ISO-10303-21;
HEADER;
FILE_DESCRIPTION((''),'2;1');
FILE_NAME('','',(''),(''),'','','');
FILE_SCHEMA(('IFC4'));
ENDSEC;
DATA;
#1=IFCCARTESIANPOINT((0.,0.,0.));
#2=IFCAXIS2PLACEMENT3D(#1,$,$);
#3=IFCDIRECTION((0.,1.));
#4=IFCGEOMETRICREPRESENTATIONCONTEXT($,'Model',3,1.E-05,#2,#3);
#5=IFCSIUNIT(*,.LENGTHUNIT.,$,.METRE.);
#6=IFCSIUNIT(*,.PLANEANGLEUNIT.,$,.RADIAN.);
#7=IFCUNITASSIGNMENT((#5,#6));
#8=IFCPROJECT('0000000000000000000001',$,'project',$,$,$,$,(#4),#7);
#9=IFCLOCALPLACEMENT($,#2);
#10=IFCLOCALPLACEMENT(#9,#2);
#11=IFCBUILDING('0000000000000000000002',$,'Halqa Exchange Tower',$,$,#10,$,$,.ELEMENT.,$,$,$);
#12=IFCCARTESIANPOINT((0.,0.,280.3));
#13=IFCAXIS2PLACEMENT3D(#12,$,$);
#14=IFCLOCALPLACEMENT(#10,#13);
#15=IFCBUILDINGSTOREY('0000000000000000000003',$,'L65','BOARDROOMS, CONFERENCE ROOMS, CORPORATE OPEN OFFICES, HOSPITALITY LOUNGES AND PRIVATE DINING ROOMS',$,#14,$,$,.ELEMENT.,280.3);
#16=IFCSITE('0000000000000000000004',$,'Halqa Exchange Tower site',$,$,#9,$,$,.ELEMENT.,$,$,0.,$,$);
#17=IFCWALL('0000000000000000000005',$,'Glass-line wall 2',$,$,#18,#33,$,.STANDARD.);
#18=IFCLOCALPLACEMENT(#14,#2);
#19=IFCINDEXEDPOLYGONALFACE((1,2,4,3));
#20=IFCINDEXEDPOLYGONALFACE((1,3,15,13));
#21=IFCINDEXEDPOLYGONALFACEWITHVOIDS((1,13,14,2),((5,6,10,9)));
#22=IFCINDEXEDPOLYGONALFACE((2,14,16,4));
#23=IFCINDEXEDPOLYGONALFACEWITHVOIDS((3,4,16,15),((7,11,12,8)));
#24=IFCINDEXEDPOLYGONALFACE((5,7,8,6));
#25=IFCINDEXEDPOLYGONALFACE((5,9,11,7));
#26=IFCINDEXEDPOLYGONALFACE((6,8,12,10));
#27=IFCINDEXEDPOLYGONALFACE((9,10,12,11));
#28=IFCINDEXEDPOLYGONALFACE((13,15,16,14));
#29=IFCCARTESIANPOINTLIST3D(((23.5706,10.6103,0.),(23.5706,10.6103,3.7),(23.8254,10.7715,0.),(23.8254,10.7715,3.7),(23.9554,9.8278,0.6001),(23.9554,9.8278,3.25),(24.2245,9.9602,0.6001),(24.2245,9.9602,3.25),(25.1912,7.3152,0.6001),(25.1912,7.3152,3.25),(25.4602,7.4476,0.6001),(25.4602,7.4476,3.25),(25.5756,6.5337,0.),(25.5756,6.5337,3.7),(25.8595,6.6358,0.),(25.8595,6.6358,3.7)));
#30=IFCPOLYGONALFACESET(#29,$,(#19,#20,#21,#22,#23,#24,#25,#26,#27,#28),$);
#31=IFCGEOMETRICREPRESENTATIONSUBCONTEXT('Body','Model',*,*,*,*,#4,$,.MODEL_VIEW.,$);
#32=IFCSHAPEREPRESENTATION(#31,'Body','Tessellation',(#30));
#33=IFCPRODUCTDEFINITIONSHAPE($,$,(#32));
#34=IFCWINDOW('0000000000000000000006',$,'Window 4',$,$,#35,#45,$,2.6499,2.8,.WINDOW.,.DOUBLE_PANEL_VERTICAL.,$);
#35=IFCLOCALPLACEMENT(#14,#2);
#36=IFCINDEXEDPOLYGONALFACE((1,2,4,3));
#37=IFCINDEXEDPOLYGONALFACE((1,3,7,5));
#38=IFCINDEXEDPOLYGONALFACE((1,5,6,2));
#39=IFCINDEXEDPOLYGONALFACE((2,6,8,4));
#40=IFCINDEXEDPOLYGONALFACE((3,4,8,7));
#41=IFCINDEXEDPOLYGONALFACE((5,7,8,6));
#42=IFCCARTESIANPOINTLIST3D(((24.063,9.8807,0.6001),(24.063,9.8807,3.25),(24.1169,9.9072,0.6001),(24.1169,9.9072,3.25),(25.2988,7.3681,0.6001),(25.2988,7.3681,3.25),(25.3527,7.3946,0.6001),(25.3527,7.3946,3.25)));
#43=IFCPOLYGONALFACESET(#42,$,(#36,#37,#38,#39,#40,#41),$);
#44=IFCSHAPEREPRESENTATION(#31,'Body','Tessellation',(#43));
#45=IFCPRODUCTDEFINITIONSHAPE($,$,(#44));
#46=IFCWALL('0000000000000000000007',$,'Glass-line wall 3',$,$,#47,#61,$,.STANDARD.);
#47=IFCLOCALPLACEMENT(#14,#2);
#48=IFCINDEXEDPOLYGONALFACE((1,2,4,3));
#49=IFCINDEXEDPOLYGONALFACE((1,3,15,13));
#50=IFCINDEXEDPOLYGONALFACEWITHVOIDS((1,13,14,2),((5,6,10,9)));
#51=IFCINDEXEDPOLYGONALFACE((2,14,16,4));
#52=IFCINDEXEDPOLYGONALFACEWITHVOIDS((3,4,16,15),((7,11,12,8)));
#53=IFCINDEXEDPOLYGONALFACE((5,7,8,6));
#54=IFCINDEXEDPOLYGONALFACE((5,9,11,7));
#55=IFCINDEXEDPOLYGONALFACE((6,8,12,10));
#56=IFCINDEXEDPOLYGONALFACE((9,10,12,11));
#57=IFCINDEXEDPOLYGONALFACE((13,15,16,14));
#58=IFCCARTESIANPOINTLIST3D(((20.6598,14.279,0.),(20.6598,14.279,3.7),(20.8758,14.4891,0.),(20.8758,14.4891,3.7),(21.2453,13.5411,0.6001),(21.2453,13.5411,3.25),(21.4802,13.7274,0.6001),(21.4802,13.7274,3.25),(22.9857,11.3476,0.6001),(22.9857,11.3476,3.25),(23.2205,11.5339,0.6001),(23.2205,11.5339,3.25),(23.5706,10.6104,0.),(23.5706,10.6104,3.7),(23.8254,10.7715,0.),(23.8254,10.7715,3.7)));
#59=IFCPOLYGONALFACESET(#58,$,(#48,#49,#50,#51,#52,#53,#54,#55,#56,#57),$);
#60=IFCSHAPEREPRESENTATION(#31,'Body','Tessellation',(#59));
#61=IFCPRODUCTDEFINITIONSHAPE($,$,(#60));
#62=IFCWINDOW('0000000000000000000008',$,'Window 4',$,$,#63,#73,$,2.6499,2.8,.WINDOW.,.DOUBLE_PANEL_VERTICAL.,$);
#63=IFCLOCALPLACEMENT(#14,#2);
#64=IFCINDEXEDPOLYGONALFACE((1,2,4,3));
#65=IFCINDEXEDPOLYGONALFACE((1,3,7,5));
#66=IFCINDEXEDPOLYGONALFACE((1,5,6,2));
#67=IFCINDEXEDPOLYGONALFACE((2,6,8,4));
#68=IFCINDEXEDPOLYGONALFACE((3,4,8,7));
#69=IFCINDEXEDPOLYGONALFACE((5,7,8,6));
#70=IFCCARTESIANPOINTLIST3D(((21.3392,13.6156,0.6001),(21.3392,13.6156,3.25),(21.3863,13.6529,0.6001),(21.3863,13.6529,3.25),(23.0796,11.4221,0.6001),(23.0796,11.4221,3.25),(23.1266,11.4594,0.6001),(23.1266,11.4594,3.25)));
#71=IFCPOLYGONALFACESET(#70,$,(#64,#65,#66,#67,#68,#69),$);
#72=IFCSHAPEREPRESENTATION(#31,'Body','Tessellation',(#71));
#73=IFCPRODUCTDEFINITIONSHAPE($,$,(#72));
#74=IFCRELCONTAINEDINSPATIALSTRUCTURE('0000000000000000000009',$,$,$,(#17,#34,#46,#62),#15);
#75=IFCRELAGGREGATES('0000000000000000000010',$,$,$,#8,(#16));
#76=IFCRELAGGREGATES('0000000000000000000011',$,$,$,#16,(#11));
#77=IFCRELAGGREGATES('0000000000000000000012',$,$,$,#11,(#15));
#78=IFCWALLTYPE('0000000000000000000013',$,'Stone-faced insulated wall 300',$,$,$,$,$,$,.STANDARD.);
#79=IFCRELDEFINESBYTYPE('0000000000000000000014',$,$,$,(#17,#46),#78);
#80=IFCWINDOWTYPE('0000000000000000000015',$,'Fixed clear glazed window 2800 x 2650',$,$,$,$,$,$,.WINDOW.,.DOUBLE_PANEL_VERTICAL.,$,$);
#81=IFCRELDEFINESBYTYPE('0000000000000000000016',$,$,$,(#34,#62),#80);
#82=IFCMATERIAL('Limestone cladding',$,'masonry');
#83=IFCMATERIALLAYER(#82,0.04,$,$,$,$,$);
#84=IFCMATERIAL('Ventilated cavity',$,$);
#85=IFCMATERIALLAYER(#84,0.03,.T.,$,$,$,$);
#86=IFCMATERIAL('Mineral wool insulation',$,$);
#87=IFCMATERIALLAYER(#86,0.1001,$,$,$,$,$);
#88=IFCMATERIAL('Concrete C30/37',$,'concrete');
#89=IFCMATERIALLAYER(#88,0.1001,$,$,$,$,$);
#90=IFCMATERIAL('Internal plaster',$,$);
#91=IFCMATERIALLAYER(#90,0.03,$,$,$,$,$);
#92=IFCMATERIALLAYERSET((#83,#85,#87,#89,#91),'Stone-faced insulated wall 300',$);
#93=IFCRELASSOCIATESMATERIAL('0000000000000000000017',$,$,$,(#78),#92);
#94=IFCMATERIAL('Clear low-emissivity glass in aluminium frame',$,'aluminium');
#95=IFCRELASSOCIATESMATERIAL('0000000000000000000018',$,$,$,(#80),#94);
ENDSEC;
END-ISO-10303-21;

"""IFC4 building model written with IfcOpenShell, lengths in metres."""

from ifc_helpers import new_model, si_unit, direction, frame, frame_2d, origin, place, context, subcontext, project, spatial, polyline, rectangle, outline, extrude, material, layer, layer_set, type_object, element, fill, save


model = new_model("IFC4")

# Units and contexts
model_context = context("Model", 3, precision=1e-05, world=origin(), true_north=direction((0.0, 1.0)))
body_context = subcontext(model_context, "Body", "Model", "MODEL_VIEW")
ifc_project = project(units=[si_unit("LENGTHUNIT", "METRE"), si_unit("PLANEANGLEUNIT", "RADIAN")], contexts=[model_context])

# Site, building, storey
site_placement = place(None, origin())
site = spatial("IfcSite", under=ifc_project, at=site_placement, Name="Halqa Exchange Tower site", CompositionType="ELEMENT", RefElevation=0.0)
building_placement = place(site_placement, origin())
building = spatial("IfcBuilding", under=site, at=building_placement, Name="Halqa Exchange Tower", CompositionType="ELEMENT")
storey_placement = place(building_placement, frame((0.0, 0.0, 280.3)))
storey = spatial("IfcBuildingStorey", under=building, at=storey_placement, Name="L65", Description="BOARDROOMS, CONFERENCE ROOMS, CORPORATE OPEN OFFICES, HOSPITALITY LOUNGES AND PRIVATE DINING ROOMS", CompositionType="ELEMENT", Elevation=280.3)

# Walls, openings, windows
ifc_material_1 = material(Name="Limestone cladding", Category="masonry")
ifc_layer_1 = layer(ifc_material_1, 0.04)
ifc_material_2 = material(Name="Ventilated cavity")
ifc_layer_2 = layer(ifc_material_2, 0.03, ventilated=True)
ifc_material_3 = material(Name="Mineral wool insulation")
ifc_layer_3 = layer(ifc_material_3, 0.1001)
ifc_material_4 = material(Name="Concrete C30/37", Category="concrete")
ifc_layer_4 = layer(ifc_material_4, 0.1001)
ifc_material_5 = material(Name="Internal plaster")
ifc_layer_5 = layer(ifc_material_5, 0.03)
ifc_layer_set_1 = layer_set([ifc_layer_1, ifc_layer_2, ifc_layer_3, ifc_layer_4, ifc_layer_5], Name="Stone-faced insulated wall 300")
wall_type_1 = type_object("IfcWallType", Name="Stone-faced insulated wall 300", PredefinedType="STANDARD", material=ifc_layer_set_1)
ifc_material_6 = material(Name="Clear low-emissivity glass in aluminium frame", Category="aluminium")
window_type = type_object("IfcWindowType", Name="Fixed clear glazed window 2800 x 2650", PartitioningType="DOUBLE_PANEL_VERTICAL", PredefinedType="WINDOW", material=ifc_material_6)
wall_1_placement = place(storey_placement, frame((25.7175, 6.5847, 0.0), z_axis=(0.0, 0.0, 1.0), x_axis=(-0.441335, 0.897342, 0.0)))
wall_1 = element("IfcWall", 1, at=wall_1_placement, inside=storey, type_object=wall_type_1, Name="Glass-line wall 2", PredefinedType="STANDARD", context=body_context, shape_type="SweptSolid", body=[
    extrude(outline(polyline([(-0.0168, -0.1499), (4.592, -0.1499), (4.5598, 0.1499), (0.0168, 0.1499), (-0.0168, -0.1499)])), origin(), (0.0, 0.0, 1.0), 3.7),
])
opening_1_placement = place(wall_1_placement, frame((0.8879, 0.0, 0.6001)))
opening_1 = element("IfcOpeningElement", 2, at=opening_1_placement, cuts=wall_1, PredefinedType="OPENING", context=body_context, shape_type="SweptSolid", body=[
    extrude(rectangle(XDim=2.8, YDim=2.6499, at=frame_2d((1.3999, 1.325))), frame((0.0, 0.1621, 0.0), z_axis=(0.0, -1.0, 0.0), x_axis=(1.0, 0.0, 0.0)), (0.0, 0.0, 1.0), 0.324),
])
window_1_placement = place(opening_1_placement, origin())
window_1 = element("IfcWindow", 3, at=window_1_placement, inside=storey, type_object=window_type, Name="Window 4", OverallHeight=2.6499, OverallWidth=2.8, PartitioningType="DOUBLE_PANEL_VERTICAL", PredefinedType="WINDOW", context=body_context, shape_type="SweptSolid", body=[
    extrude(rectangle(XDim=2.8, YDim=2.6499, at=frame_2d((1.3999, 1.325))), frame((0.0, 0.03, 0.0), z_axis=(0.0, -1.0, 0.0), x_axis=(1.0, 0.0, 0.0)), (0.0, 0.0, 1.0), 0.0601),
])
fill(opening_1, window_1)
wall_2_placement = place(storey_placement, frame((23.698, 10.6909, 0.0), z_axis=(0.0, 0.0, 1.0), x_axis=(-0.621545, 0.783379, 0.0)))
wall_2 = element("IfcWall", 4, at=wall_2_placement, inside=storey, type_object=wall_type_1, Name="Glass-line wall 3", PredefinedType="STANDARD", context=body_context, shape_type="SweptSolid", body=[
    extrude(outline(polyline([(-0.0161, -0.1499), (4.7295, -0.1499), (4.6992, 0.1499), (0.0161, 0.1499), (-0.0161, -0.1499)])), origin(), (0.0, 0.0, 1.0), 3.7),
])
opening_2_placement = place(wall_2_placement, frame((0.9573, 0.0, 0.6001)))
opening_2 = element("IfcOpeningElement", 5, at=opening_2_placement, cuts=wall_2, PredefinedType="OPENING", context=body_context, shape_type="SweptSolid", body=[
    extrude(rectangle(XDim=2.8, YDim=2.6499, at=frame_2d((1.3999, 1.325))), frame((0.0, 0.1621, 0.0), z_axis=(0.0, -1.0, 0.0), x_axis=(1.0, 0.0, 0.0)), (0.0, 0.0, 1.0), 0.324),
])
window_2_placement = place(opening_2_placement, origin())
window_2 = element("IfcWindow", 6, at=window_2_placement, inside=storey, type_object=window_type, Name="Window 4", OverallHeight=2.6499, OverallWidth=2.8, PartitioningType="DOUBLE_PANEL_VERTICAL", PredefinedType="WINDOW", context=body_context, shape_type="SweptSolid", body=[
    extrude(rectangle(XDim=2.8, YDim=2.6499, at=frame_2d((1.3999, 1.325))), frame((0.0, 0.03, 0.0), z_axis=(0.0, -1.0, 0.0), x_axis=(1.0, 0.0, 0.0)), (0.0, 0.0, 1.0), 0.0601),
])
fill(opening_2, window_2)

save(model, "model.ifc")
